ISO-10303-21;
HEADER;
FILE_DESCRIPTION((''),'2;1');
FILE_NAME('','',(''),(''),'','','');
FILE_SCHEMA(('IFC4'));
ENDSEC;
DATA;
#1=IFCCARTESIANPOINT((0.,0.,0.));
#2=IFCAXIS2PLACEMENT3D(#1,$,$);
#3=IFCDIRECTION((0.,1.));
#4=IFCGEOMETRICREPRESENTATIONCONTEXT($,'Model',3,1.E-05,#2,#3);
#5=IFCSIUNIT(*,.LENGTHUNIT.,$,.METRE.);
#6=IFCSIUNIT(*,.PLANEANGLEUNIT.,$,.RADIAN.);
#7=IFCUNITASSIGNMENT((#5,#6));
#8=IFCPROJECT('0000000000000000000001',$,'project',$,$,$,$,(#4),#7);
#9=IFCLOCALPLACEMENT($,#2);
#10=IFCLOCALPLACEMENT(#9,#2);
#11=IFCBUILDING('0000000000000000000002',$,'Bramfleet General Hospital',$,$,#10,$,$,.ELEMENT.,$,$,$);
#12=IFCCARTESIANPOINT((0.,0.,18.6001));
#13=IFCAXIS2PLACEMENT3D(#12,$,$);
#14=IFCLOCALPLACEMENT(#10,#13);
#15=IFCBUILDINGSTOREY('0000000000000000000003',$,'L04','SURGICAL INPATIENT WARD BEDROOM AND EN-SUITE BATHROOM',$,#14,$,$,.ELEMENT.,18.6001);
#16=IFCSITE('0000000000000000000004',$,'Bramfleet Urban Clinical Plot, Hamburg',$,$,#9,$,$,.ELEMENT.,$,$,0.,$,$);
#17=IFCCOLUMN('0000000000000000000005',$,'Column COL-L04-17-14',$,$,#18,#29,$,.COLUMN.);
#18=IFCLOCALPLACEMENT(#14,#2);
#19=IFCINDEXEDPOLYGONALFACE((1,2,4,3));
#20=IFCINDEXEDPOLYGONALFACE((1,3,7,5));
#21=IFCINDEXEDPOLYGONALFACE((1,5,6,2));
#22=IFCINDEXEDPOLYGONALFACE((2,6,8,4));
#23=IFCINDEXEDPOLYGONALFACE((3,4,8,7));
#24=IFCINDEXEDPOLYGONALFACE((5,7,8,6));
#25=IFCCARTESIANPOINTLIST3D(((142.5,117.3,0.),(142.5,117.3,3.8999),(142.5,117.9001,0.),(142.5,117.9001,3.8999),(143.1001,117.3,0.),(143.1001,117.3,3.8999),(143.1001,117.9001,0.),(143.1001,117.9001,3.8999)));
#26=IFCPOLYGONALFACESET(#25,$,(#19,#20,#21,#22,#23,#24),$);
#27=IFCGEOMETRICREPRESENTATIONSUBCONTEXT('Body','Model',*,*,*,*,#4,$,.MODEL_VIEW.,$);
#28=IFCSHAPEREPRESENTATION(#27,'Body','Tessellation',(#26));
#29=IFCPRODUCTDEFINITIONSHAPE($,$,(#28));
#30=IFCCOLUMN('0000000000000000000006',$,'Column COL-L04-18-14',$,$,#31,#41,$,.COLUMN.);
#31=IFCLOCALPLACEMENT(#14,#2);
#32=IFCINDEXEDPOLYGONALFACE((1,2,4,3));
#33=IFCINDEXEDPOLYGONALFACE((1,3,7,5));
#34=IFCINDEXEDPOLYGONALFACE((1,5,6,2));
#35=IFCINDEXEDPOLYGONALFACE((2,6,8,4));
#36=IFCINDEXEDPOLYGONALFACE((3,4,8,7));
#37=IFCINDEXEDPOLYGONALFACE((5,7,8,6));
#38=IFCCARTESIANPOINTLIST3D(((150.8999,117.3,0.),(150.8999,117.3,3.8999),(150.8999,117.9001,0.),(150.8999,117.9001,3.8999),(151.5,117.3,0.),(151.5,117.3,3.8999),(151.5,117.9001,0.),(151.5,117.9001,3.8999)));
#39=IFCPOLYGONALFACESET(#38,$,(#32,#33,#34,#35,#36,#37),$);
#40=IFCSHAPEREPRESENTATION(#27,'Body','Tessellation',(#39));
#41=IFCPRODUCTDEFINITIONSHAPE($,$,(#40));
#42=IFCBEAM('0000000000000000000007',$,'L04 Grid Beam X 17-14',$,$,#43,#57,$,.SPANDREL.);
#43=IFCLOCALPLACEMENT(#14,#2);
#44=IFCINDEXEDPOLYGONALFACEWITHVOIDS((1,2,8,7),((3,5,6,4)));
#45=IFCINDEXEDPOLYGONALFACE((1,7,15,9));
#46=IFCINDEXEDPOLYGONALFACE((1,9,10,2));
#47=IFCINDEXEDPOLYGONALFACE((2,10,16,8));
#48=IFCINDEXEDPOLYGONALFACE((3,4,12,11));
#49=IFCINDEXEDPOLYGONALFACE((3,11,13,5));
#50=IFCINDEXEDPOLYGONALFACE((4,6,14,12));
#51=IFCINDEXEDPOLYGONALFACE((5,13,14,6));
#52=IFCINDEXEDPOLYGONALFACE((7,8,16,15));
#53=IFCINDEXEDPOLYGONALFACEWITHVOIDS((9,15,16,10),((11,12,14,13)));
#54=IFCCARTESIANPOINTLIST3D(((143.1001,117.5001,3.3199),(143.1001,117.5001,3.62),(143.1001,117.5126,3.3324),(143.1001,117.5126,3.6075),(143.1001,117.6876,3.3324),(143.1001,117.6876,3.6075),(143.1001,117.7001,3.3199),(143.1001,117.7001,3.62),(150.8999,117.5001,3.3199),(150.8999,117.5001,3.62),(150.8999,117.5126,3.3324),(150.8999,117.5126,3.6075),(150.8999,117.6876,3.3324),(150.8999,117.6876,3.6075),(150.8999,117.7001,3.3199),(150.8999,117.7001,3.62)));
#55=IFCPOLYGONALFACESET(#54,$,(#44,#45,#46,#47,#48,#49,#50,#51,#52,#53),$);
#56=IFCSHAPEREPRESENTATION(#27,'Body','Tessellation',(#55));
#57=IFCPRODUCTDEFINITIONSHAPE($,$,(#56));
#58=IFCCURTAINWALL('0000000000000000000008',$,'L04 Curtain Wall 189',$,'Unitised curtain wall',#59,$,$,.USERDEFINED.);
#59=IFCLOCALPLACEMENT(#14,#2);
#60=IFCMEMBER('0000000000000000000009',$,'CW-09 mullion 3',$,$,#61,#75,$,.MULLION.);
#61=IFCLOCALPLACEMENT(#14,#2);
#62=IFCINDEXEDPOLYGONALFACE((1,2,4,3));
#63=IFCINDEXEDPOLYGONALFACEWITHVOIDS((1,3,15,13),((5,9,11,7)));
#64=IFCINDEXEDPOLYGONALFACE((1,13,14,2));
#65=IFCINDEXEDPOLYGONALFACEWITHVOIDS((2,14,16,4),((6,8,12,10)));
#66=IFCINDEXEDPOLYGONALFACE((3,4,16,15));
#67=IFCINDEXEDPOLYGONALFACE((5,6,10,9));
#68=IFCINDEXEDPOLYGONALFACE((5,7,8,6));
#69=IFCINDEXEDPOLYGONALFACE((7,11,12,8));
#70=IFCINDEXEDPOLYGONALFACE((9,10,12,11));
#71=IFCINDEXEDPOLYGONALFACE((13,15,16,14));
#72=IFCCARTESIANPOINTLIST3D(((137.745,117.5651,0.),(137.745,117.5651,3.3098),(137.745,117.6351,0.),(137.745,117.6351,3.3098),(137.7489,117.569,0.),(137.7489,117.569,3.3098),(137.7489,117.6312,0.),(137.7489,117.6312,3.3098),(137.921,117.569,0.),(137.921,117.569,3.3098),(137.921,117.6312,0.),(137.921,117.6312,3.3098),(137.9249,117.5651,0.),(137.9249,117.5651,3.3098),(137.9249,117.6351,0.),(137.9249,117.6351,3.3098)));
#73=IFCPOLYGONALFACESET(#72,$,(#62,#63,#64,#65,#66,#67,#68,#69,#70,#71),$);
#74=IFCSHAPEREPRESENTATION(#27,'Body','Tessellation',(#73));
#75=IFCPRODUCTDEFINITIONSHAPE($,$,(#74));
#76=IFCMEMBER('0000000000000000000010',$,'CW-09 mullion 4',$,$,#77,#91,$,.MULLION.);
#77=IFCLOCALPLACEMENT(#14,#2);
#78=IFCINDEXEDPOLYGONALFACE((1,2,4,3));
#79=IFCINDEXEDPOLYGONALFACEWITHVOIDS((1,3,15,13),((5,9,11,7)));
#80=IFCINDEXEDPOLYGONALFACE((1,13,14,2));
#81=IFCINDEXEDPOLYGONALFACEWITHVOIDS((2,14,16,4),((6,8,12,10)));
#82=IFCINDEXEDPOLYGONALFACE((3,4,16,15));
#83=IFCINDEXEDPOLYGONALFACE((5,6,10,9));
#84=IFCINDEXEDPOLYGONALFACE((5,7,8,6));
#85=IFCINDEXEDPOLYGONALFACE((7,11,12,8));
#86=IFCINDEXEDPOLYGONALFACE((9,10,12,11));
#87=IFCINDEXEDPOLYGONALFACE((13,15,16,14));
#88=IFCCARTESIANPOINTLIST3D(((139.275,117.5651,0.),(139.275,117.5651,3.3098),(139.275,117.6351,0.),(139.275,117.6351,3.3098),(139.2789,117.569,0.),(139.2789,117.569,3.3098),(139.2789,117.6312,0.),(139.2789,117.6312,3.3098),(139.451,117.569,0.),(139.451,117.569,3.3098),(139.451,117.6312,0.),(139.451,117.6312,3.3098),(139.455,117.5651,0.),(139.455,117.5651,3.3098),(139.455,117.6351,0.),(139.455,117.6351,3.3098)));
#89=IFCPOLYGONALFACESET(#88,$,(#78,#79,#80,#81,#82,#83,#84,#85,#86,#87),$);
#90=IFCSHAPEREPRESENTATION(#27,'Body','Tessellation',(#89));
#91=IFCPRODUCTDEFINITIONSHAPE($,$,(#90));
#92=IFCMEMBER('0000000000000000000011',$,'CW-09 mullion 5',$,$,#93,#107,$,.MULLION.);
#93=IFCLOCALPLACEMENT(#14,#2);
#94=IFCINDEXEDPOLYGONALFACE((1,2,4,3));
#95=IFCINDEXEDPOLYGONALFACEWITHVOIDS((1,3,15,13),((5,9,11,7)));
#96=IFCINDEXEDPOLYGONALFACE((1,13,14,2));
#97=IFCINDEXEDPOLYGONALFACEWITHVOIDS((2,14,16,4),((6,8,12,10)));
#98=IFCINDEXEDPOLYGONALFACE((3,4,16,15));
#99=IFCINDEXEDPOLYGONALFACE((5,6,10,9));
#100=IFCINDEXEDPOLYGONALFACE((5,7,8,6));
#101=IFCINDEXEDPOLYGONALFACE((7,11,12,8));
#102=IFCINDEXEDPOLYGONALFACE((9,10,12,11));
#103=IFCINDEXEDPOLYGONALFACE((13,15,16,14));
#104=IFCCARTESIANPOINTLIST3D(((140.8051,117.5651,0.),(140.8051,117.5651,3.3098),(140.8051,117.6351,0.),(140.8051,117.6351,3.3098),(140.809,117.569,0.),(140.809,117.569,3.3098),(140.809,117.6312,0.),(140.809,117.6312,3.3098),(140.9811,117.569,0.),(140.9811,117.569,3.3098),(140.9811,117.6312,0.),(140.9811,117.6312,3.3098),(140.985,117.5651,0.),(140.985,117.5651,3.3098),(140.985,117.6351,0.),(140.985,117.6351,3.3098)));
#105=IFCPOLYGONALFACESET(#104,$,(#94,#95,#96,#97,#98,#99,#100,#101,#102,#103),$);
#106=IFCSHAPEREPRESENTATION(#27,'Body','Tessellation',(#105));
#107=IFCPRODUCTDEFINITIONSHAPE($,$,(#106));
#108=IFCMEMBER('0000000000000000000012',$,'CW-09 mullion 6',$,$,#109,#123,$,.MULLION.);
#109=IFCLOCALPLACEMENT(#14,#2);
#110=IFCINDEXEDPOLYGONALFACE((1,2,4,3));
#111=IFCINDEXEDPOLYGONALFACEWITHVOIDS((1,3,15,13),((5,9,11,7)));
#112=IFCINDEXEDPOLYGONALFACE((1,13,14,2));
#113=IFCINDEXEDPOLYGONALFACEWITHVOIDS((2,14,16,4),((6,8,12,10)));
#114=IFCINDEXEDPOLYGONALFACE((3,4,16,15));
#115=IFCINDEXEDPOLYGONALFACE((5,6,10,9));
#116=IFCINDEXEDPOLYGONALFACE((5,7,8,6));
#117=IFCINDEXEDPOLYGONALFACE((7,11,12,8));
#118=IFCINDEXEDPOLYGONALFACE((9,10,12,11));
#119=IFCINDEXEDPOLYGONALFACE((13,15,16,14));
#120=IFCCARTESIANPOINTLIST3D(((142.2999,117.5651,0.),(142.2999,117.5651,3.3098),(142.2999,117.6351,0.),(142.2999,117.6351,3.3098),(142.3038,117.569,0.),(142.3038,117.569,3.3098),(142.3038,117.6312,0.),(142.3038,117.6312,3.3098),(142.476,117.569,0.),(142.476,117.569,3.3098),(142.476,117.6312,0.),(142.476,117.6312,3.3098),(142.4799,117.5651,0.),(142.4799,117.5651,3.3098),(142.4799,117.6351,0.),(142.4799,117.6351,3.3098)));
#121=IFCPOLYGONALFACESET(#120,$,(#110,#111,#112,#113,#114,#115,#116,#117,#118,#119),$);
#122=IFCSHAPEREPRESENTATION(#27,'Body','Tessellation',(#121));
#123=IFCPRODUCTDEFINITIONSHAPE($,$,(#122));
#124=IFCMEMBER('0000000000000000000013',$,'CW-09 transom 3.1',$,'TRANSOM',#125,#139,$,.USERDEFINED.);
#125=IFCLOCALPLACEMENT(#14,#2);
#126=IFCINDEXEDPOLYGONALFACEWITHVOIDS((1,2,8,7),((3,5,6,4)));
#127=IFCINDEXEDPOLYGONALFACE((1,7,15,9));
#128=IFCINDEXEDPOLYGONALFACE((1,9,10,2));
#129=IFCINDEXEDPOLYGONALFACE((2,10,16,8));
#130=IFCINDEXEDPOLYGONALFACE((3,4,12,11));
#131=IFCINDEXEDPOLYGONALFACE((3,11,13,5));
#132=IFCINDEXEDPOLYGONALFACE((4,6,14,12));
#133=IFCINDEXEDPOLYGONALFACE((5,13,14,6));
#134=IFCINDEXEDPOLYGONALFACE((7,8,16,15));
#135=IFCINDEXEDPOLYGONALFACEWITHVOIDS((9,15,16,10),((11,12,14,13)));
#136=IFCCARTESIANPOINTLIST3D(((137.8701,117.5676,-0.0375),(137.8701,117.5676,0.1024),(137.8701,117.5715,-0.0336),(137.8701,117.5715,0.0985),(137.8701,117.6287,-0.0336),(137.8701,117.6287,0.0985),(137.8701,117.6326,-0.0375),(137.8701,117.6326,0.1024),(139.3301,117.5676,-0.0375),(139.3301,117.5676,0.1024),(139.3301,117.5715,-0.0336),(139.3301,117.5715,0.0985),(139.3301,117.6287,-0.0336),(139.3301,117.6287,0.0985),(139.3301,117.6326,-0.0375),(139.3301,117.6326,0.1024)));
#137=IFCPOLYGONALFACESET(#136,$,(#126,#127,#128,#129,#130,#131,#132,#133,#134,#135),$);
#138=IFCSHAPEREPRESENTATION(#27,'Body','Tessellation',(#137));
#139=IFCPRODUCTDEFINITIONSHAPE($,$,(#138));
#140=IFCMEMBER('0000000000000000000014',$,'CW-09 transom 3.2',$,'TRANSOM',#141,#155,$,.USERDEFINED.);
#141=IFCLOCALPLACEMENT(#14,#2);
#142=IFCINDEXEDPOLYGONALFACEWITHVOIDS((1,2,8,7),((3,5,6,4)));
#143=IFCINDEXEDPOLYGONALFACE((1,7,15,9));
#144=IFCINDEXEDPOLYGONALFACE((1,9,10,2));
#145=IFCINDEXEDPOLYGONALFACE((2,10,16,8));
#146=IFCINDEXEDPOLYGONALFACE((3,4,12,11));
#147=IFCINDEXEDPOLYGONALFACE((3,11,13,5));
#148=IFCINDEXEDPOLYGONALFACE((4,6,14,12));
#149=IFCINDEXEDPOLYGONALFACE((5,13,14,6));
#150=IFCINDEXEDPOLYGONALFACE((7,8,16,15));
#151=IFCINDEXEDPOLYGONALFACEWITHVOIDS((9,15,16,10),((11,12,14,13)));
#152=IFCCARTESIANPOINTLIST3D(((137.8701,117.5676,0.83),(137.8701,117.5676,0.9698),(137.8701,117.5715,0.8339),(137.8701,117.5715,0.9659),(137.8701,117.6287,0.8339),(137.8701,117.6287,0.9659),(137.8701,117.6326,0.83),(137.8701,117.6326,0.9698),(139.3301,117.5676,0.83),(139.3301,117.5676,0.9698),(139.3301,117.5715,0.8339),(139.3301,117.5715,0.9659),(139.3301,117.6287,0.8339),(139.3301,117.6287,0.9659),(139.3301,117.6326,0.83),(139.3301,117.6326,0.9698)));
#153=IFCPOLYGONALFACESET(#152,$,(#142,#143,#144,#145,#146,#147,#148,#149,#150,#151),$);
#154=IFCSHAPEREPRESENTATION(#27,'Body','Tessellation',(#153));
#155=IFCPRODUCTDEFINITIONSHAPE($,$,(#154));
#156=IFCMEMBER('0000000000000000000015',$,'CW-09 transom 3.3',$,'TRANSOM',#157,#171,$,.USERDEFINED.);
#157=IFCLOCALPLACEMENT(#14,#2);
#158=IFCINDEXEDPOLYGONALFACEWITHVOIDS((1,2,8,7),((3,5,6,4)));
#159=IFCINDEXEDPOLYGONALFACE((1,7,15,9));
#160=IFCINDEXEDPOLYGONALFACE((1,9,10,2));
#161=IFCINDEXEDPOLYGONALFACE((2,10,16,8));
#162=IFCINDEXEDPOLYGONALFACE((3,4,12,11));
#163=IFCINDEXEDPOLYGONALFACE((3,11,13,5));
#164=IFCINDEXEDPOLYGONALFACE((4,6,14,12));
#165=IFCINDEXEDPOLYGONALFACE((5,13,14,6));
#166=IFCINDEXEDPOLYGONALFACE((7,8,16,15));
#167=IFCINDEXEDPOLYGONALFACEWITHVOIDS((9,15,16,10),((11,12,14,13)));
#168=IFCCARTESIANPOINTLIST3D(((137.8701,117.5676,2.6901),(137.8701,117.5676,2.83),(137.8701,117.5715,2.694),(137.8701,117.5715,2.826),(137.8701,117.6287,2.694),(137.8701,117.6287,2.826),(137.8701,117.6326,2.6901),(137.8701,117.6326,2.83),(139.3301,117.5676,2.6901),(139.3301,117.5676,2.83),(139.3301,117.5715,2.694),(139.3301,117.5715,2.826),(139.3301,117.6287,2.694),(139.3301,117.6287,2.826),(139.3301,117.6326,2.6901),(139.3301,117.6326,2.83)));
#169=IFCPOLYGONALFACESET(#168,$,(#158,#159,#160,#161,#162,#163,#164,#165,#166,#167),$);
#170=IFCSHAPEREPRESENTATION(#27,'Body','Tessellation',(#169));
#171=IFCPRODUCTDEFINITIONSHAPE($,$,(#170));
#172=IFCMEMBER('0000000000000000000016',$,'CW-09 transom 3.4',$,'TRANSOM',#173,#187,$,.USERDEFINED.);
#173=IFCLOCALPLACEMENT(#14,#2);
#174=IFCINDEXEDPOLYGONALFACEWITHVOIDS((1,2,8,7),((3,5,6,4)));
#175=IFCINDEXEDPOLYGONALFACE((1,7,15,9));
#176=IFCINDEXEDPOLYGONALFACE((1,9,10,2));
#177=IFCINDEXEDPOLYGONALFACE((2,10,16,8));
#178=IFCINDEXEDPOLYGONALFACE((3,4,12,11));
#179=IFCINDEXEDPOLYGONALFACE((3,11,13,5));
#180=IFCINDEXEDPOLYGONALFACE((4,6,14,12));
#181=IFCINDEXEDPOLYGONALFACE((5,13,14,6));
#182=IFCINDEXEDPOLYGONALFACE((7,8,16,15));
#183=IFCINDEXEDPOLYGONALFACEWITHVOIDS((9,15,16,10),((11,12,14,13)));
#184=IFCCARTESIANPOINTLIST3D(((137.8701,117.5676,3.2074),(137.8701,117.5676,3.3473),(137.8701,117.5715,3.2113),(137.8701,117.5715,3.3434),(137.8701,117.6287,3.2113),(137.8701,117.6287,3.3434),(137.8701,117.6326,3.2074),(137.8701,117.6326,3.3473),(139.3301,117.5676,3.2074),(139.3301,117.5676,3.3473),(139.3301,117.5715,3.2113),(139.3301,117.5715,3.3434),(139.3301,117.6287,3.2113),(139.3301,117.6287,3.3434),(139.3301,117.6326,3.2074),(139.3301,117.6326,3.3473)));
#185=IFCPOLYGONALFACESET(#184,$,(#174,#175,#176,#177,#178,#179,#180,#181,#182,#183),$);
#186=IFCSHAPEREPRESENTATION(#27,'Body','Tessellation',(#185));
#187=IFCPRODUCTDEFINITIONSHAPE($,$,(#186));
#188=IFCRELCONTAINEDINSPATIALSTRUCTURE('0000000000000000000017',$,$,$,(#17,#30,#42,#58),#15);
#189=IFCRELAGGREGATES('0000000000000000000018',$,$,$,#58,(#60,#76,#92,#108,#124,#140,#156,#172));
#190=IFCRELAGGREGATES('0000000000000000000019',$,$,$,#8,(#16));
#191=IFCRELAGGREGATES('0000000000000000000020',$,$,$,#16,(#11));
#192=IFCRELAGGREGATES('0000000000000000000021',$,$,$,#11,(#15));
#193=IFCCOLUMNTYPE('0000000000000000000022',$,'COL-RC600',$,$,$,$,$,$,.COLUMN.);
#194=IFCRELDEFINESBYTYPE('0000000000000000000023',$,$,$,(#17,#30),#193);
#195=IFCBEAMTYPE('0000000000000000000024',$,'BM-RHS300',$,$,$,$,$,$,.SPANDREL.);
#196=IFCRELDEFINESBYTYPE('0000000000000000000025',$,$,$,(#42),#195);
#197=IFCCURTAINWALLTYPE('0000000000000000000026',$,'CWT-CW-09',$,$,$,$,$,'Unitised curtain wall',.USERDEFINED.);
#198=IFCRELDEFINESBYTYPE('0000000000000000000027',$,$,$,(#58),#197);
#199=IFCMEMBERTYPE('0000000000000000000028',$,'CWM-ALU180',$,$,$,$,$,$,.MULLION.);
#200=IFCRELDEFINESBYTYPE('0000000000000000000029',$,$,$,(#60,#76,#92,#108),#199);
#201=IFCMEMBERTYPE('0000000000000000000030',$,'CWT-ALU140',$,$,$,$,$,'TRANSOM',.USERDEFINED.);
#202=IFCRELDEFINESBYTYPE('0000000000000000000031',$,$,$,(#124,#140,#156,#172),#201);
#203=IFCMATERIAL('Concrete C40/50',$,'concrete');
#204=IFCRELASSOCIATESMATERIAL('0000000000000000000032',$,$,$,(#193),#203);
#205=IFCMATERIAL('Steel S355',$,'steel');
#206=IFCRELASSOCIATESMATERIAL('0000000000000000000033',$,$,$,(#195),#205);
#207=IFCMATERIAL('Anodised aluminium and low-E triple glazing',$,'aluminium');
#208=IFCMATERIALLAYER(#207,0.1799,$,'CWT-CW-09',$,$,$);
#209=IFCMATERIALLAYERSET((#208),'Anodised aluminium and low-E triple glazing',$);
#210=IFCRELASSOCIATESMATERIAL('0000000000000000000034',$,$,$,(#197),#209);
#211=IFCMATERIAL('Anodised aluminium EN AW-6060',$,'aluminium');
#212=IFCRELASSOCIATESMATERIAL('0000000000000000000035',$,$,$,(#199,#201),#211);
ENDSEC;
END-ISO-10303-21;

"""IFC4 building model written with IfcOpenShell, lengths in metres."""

from ifc_helpers import new_model, si_unit, direction, frame, origin, origin_2d, place, context, subcontext, project, spatial, rectangle, hollow_rectangle, extrude, material, layer, layer_set, material_profile, profile_set, type_object, element, aggregate, save


model = new_model("IFC4")

# Units and contexts
model_context = context("Model", 3, precision=1e-05, world=origin(), true_north=direction((0.0, 1.0)))
body_context = subcontext(model_context, "Body", "Model", "MODEL_VIEW")
ifc_project = project(units=[si_unit("LENGTHUNIT", "METRE"), si_unit("PLANEANGLEUNIT", "RADIAN")], contexts=[model_context])

# Site, building, storey
site_placement = place(None, origin())
site = spatial("IfcSite", under=ifc_project, at=site_placement, Name="Bramfleet Urban Clinical Plot, Hamburg", CompositionType="ELEMENT", RefElevation=0.0)
building_placement = place(site_placement, origin())
building = spatial("IfcBuilding", under=site, at=building_placement, Name="Bramfleet General Hospital", CompositionType="ELEMENT")
storey_placement = place(building_placement, frame((0.0, 0.0, 18.6001)))
storey = spatial("IfcBuildingStorey", under=building, at=storey_placement, Name="L04", Description="SURGICAL INPATIENT WARD BEDROOM AND EN-SUITE BATHROOM", CompositionType="ELEMENT", Elevation=18.6001)

# Columns
ifc_material_1 = material(Name="Concrete C40/50", Category="concrete")
ifc_material_profile_1 = material_profile(ifc_material_1, rectangle(XDim=0.6001, YDim=0.6001, at=origin_2d()), Name="RC COL 600x600")
ifc_profile_set_1 = profile_set([ifc_material_profile_1], Name="Concrete C40/50")
column_type = type_object("IfcColumnType", Name="COL-RC600", PredefinedType="COLUMN", material=ifc_profile_set_1)
for number, where, z_axis, x_axis, name in (
    (1, (142.8, 117.6001, 0.0), (0.0, 0.0, 1.0), (1.0, 0.0, 0.0), "Column COL-L04-17-14"),
    (2, (151.2, 117.6001, 0.0), (0.0, 0.0, 1.0), (1.0, 0.0, 0.0), "Column COL-L04-18-14"),
):
    element("IfcColumn", number, at=place(storey_placement, frame(where, z_axis=z_axis, x_axis=x_axis)), inside=storey, type_object=column_type, Name=name, PredefinedType="COLUMN", context=body_context, shape_type="SweptSolid", body=[
        extrude(rectangle(XDim=0.6001, YDim=0.6001, at=origin_2d()), origin(), (0.0, 0.0, 1.0), 3.8999),
    ])

# Beam
ifc_material_2 = material(Name="Steel S355", Category="steel")
ifc_material_profile_2 = material_profile(ifc_material_2, hollow_rectangle(XDim=0.2, YDim=0.3, WallThickness=0.0125, at=origin_2d()), Name="RHS 300x200x12.5")
ifc_profile_set_2 = profile_set([ifc_material_profile_2], Name="Steel S355")
beam_type = type_object("IfcBeamType", Name="BM-RHS300", PredefinedType="SPANDREL", material=ifc_profile_set_2)
beam_placement = place(storey_placement, frame((143.1001, 117.6001, 3.47), z_axis=(1.0, 0.0, 0.0), x_axis=(0.0, 1.0, 0.0)))
element("IfcBeam", 3, at=beam_placement, inside=storey, type_object=beam_type, Name="L04 Grid Beam X 17-14", PredefinedType="SPANDREL", context=body_context, shape_type="SweptSolid", body=[
    extrude(hollow_rectangle(XDim=0.2, YDim=0.3, WallThickness=0.0125, at=origin_2d()), origin(), (0.0, 0.0, 1.0), 7.7998),
])

# Curtain wall, members
ifc_material_3 = material(Name="Anodised aluminium and low-E triple glazing", Category="aluminium")
ifc_layer_1 = layer(ifc_material_3, 0.1799, Name="CWT-CW-09")
ifc_layer_set_1 = layer_set([ifc_layer_1], Name="Anodised aluminium and low-E triple glazing")
curtain_wall_type = type_object("IfcCurtainWallType", Name="CWT-CW-09", ElementType="Unitised curtain wall", PredefinedType="USERDEFINED", material=ifc_layer_set_1)
curtain_wall_placement = place(storey_placement, origin())
curtain_wall = element("IfcCurtainWall", 4, at=curtain_wall_placement, inside=storey, type_object=curtain_wall_type, Name="L04 Curtain Wall 189", ObjectType="Unitised curtain wall", PredefinedType="USERDEFINED")
ifc_material_4 = material(Name="Anodised aluminium EN AW-6060", Category="aluminium")
ifc_material_profile_3 = material_profile(ifc_material_4, hollow_rectangle(XDim=0.0701, YDim=0.1799, WallThickness=0.0039, at=origin_2d()), Name="ALU 180x70x4.0")
ifc_profile_set_3 = profile_set([ifc_material_profile_3], Name="Anodised aluminium EN AW-6060")
member_type_1 = type_object("IfcMemberType", Name="CWM-ALU180", PredefinedType="MULLION", material=ifc_profile_set_3)
member_1_placement = place(storey_placement, frame((137.835, 117.6001, 0.0), z_axis=(0.0, 0.0, 1.0), x_axis=(0.0, 1.0, 0.0)))
member_1 = element("IfcMember", 5, at=member_1_placement, type_object=member_type_1, Name="CW-09 mullion 3", PredefinedType="MULLION", context=body_context, shape_type="SweptSolid", body=[
    extrude(hollow_rectangle(XDim=0.0701, YDim=0.1799, WallThickness=0.0039, at=origin_2d()), origin(), (0.0, 0.0, 1.0), 3.3098),
])
member_2_placement = place(storey_placement, frame((139.365, 117.6001, 0.0), z_axis=(0.0, 0.0, 1.0), x_axis=(0.0, 1.0, 0.0)))
member_2 = element("IfcMember", 6, at=member_2_placement, type_object=member_type_1, Name="CW-09 mullion 4", PredefinedType="MULLION", context=body_context, shape_type="SweptSolid", body=[
    extrude(hollow_rectangle(XDim=0.0701, YDim=0.1799, WallThickness=0.0039, at=origin_2d()), origin(), (0.0, 0.0, 1.0), 3.3098),
])
member_3_placement = place(storey_placement, frame((140.895, 117.6001, 0.0), z_axis=(0.0, 0.0, 1.0), x_axis=(0.0, 1.0, 0.0)))
member_3 = element("IfcMember", 7, at=member_3_placement, type_object=member_type_1, Name="CW-09 mullion 5", PredefinedType="MULLION", context=body_context, shape_type="SweptSolid", body=[
    extrude(hollow_rectangle(XDim=0.0701, YDim=0.1799, WallThickness=0.0039, at=origin_2d()), origin(), (0.0, 0.0, 1.0), 3.3098),
])
member_4_placement = place(storey_placement, frame((142.3899, 117.6001, 0.0), z_axis=(0.0, 0.0, 1.0), x_axis=(0.0, 1.0, 0.0)))
member_4 = element("IfcMember", 8, at=member_4_placement, type_object=member_type_1, Name="CW-09 mullion 6", PredefinedType="MULLION", context=body_context, shape_type="SweptSolid", body=[
    extrude(hollow_rectangle(XDim=0.0701, YDim=0.1799, WallThickness=0.0039, at=origin_2d()), origin(), (0.0, 0.0, 1.0), 3.3098),
])
ifc_material_profile_4 = material_profile(ifc_material_4, hollow_rectangle(XDim=0.0649, YDim=0.1399, WallThickness=0.0039, at=origin_2d()), Name="ALU 140x65x4.0")
ifc_profile_set_4 = profile_set([ifc_material_profile_4], Name="Anodised aluminium EN AW-6060")
member_type_2 = type_object("IfcMemberType", Name="CWT-ALU140", ElementType="TRANSOM", PredefinedType="USERDEFINED", material=ifc_profile_set_4)
member_5_placement = place(storey_placement, frame((137.8701, 117.6001, 0.0325), z_axis=(1.0, 0.0, 0.0), x_axis=(0.0, 1.0, 0.0)))
member_5 = element("IfcMember", 9, at=member_5_placement, type_object=member_type_2, Name="CW-09 transom 3.1", ObjectType="TRANSOM", PredefinedType="USERDEFINED", context=body_context, shape_type="SweptSolid", body=[
    extrude(hollow_rectangle(XDim=0.0649, YDim=0.1399, WallThickness=0.0039, at=origin_2d()), origin(), (0.0, 0.0, 1.0), 1.46),
])
member_6_placement = place(storey_placement, frame((137.8701, 117.6001, 0.8999), z_axis=(1.0, 0.0, 0.0), x_axis=(0.0, 1.0, 0.0)))
member_6 = element("IfcMember", 10, at=member_6_placement, type_object=member_type_2, Name="CW-09 transom 3.2", ObjectType="TRANSOM", PredefinedType="USERDEFINED", context=body_context, shape_type="SweptSolid", body=[
    extrude(hollow_rectangle(XDim=0.0649, YDim=0.1399, WallThickness=0.0039, at=origin_2d()), origin(), (0.0, 0.0, 1.0), 1.46),
])
member_7_placement = place(storey_placement, frame((137.8701, 117.6001, 2.76), z_axis=(1.0, 0.0, 0.0), x_axis=(0.0, 1.0, 0.0)))
member_7 = element("IfcMember", 11, at=member_7_placement, type_object=member_type_2, Name="CW-09 transom 3.3", ObjectType="TRANSOM", PredefinedType="USERDEFINED", context=body_context, shape_type="SweptSolid", body=[
    extrude(hollow_rectangle(XDim=0.0649, YDim=0.1399, WallThickness=0.0039, at=origin_2d()), origin(), (0.0, 0.0, 1.0), 1.46),
])
member_8_placement = place(storey_placement, frame((137.8701, 117.6001, 3.2773), z_axis=(1.0, 0.0, 0.0), x_axis=(0.0, 1.0, 0.0)))
member_8 = element("IfcMember", 12, at=member_8_placement, type_object=member_type_2, Name="CW-09 transom 3.4", ObjectType="TRANSOM", PredefinedType="USERDEFINED", context=body_context, shape_type="SweptSolid", body=[
    extrude(hollow_rectangle(XDim=0.0649, YDim=0.1399, WallThickness=0.0039, at=origin_2d()), origin(), (0.0, 0.0, 1.0), 1.46),
])
aggregate(curtain_wall, [member_1, member_2, member_3, member_4, member_5, member_6, member_7, member_8])

save(model, "model.ifc")
